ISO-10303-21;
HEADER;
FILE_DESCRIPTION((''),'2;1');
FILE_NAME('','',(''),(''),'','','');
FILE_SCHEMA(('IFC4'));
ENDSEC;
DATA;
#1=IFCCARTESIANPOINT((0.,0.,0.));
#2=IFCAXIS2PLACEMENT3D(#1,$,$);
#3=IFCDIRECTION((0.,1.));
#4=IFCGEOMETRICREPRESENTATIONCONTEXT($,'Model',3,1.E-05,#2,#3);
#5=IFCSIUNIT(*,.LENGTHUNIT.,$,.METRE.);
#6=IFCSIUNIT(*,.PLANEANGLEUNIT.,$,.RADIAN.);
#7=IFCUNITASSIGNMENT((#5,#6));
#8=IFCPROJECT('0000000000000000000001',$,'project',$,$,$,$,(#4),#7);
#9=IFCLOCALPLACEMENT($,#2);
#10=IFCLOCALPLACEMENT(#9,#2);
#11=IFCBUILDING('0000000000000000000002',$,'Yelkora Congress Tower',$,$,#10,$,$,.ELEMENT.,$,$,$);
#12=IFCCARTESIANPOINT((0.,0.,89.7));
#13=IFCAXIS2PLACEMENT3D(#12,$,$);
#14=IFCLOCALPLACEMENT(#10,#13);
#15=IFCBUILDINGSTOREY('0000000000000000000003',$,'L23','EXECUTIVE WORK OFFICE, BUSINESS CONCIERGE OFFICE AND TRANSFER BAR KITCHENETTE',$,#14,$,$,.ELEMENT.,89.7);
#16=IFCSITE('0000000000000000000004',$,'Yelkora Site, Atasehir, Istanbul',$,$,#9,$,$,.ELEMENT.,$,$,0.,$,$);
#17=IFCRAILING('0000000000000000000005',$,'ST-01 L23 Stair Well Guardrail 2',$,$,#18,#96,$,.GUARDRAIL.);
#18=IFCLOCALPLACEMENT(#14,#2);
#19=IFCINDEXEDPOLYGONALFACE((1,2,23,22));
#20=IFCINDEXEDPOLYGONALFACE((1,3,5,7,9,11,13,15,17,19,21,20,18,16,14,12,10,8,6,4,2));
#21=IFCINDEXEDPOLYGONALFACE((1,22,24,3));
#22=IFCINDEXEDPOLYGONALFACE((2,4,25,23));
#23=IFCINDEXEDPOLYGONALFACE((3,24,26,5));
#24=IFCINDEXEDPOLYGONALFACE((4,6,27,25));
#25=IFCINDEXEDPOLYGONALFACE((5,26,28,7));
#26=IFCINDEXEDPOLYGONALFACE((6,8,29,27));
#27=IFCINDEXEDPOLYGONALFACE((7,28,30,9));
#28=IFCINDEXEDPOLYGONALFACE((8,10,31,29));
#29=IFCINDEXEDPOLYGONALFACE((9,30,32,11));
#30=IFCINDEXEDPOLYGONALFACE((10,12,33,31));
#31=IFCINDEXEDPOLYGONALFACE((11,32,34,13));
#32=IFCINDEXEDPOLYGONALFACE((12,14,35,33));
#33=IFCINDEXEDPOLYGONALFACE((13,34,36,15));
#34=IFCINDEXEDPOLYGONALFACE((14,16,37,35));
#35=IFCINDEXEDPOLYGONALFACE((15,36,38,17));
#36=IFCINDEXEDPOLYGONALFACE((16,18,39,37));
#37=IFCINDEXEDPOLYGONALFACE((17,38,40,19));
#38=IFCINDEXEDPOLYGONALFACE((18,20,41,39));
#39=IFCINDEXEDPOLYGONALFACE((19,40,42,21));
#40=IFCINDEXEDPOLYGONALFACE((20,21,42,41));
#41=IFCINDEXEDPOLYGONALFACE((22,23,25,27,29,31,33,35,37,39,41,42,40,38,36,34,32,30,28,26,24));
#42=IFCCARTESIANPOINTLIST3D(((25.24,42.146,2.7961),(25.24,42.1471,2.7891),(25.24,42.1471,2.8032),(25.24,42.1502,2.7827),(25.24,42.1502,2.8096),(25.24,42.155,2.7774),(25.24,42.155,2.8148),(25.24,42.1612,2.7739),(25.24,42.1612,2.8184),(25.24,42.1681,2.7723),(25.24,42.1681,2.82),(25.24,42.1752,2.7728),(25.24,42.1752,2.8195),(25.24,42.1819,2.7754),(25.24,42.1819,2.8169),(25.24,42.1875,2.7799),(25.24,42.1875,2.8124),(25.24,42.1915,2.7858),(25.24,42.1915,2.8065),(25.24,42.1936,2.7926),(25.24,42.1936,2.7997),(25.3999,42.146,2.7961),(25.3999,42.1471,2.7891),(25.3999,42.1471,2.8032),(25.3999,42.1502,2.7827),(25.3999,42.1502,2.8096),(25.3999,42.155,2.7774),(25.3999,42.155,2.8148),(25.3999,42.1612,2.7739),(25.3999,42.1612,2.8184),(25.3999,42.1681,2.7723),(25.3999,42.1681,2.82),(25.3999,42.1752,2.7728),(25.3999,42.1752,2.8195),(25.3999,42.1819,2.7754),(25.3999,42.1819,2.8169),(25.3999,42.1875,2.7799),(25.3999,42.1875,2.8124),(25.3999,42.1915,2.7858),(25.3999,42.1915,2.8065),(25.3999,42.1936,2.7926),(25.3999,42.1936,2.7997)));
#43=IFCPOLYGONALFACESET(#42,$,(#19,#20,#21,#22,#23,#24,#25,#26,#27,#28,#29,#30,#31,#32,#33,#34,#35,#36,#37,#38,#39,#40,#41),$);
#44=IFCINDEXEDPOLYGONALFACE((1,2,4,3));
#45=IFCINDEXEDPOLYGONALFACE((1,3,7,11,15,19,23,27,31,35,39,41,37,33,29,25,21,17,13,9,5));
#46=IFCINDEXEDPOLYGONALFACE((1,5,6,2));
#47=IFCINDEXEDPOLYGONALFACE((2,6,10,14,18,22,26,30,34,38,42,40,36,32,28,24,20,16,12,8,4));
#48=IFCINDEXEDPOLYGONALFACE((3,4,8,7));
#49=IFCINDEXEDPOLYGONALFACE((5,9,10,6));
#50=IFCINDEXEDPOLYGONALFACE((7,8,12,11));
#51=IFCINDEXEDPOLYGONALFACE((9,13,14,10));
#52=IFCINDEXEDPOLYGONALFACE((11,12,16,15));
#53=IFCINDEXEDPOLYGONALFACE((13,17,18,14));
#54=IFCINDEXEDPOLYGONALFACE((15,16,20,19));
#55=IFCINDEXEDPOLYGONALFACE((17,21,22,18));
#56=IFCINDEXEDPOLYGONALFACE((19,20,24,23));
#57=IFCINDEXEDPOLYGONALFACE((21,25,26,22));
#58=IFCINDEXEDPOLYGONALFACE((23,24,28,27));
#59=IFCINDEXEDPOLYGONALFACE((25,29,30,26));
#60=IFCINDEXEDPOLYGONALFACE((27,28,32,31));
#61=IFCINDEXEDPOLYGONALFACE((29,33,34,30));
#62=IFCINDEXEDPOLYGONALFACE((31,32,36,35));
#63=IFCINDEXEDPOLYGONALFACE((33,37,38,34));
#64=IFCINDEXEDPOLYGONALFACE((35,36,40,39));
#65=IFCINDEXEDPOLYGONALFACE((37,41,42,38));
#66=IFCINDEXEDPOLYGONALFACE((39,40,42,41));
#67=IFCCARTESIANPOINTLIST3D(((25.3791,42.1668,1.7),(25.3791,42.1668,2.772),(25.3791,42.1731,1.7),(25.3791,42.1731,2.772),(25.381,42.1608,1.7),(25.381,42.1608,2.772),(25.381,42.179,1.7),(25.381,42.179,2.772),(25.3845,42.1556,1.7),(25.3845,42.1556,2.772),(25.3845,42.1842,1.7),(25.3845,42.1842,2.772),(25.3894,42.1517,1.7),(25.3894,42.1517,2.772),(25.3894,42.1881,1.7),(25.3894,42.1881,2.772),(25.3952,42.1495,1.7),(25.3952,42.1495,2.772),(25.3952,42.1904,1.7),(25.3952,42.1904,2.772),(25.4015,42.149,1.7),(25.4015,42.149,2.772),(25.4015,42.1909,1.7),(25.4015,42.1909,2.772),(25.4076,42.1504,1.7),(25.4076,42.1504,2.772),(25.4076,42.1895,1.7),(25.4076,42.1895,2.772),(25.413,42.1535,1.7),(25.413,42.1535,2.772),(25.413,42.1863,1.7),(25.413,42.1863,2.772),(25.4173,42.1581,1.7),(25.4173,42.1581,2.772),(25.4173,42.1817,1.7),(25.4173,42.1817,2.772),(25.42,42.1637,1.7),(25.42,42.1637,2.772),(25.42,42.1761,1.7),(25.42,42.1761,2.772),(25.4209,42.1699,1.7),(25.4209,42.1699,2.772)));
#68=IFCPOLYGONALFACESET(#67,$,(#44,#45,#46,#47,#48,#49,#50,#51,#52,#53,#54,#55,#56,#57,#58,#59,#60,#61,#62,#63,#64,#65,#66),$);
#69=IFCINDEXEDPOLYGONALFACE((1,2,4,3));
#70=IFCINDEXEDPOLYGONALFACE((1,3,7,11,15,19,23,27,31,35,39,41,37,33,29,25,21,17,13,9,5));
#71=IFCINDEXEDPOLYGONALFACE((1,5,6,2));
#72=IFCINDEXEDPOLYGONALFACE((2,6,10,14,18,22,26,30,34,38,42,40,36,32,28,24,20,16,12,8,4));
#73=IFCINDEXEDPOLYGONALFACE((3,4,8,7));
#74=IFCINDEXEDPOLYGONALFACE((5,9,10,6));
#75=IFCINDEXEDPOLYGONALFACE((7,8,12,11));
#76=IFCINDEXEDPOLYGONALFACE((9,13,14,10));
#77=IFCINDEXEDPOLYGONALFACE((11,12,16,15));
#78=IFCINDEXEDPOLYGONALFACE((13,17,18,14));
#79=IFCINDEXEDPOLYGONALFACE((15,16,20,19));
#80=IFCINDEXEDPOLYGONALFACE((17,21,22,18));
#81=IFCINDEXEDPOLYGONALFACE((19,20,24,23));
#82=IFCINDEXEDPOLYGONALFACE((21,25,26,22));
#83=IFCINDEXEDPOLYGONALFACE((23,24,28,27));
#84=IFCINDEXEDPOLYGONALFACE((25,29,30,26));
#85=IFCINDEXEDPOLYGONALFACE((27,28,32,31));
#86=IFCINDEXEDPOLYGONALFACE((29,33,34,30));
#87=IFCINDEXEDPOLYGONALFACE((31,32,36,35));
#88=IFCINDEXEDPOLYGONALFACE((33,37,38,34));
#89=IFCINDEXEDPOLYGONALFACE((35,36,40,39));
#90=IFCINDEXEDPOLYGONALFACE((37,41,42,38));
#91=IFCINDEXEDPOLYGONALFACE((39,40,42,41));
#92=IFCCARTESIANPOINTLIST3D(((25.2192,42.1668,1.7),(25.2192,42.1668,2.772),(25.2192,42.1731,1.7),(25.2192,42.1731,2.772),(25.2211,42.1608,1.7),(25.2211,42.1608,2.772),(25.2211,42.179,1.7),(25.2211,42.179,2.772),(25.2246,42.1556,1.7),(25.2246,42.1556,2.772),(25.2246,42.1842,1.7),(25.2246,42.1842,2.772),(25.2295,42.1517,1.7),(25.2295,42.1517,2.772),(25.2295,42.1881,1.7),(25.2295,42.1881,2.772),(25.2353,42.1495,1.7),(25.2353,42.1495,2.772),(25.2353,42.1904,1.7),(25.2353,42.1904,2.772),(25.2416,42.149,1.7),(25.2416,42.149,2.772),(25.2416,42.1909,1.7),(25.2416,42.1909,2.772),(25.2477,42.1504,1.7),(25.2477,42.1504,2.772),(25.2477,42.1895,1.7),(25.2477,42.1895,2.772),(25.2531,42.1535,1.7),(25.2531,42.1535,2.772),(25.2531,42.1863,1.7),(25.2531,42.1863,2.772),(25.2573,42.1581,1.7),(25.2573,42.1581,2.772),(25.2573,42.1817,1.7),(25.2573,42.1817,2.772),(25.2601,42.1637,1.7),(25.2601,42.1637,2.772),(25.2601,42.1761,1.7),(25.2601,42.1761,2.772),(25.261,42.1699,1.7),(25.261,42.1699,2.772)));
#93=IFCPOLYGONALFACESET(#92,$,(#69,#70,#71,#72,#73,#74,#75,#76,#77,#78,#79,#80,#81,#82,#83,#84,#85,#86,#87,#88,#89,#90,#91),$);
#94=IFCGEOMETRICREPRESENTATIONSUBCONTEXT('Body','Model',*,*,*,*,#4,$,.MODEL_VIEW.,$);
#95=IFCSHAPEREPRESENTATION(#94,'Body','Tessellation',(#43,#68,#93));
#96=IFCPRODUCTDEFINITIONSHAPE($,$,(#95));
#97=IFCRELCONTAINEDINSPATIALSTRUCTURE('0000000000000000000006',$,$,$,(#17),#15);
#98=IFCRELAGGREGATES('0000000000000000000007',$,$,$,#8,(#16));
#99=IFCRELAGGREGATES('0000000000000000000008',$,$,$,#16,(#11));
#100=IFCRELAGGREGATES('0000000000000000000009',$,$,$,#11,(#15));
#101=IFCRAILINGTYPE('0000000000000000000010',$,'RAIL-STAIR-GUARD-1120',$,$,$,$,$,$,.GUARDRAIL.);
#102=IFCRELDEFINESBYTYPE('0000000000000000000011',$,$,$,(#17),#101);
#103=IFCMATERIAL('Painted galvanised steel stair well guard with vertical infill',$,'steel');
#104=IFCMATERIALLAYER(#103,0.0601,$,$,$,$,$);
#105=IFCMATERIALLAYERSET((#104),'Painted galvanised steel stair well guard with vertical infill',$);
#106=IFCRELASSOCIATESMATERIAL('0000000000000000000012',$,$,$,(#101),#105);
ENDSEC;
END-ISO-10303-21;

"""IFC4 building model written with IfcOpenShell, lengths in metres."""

from ifc_helpers import new_model, si_unit, direction, frame, origin, origin_2d, place, context, subcontext, project, spatial, circle, extrude, material, layer, layer_set, type_object, element, save


model = new_model("IFC4")

# Units and contexts
model_context = context("Model", 3, precision=1e-05, world=origin(), true_north=direction((0.0, 1.0)))
body_context = subcontext(model_context, "Body", "Model", "MODEL_VIEW")
ifc_project = project(units=[si_unit("LENGTHUNIT", "METRE"), si_unit("PLANEANGLEUNIT", "RADIAN")], contexts=[model_context])

# Site, building, storey
site_placement = place(None, origin())
site = spatial("IfcSite", under=ifc_project, at=site_placement, Name="Yelkora Site, Atasehir, Istanbul", CompositionType="ELEMENT", RefElevation=0.0)
building_placement = place(site_placement, origin())
building = spatial("IfcBuilding", under=site, at=building_placement, Name="Yelkora Congress Tower", CompositionType="ELEMENT")
storey_placement = place(building_placement, frame((0.0, 0.0, 89.7)))
storey = spatial("IfcBuildingStorey", under=building, at=storey_placement, Name="L23", Description="EXECUTIVE WORK OFFICE, BUSINESS CONCIERGE OFFICE AND TRANSFER BAR KITCHENETTE", CompositionType="ELEMENT", Elevation=89.7)

# Railing
ifc_material_1 = material(Name="Painted galvanised steel stair well guard with vertical infill", Category="steel")
ifc_layer_1 = layer(ifc_material_1, 0.0601)
ifc_layer_set_1 = layer_set([ifc_layer_1], Name="Painted galvanised steel stair well guard with vertical infill")
railing_type_1 = type_object("IfcRailingType", Name="RAIL-STAIR-GUARD-1120", PredefinedType="GUARDRAIL", material=ifc_layer_set_1)
railing_1_placement = place(storey_placement, frame((25.3999, 42.1699, 1.7)))
element("IfcRailing", 1, at=railing_1_placement, inside=storey, type_object=railing_type_1, Name="ST-01 L23 Stair Well Guardrail 2", PredefinedType="GUARDRAIL", context=body_context, shape_type="SweptSolid", body=[
    extrude(circle(Radius=0.0239, at=origin_2d()), frame((0.0, 0.0, 1.0962), z_axis=(-1.0, 0.0, 0.0), x_axis=(0.0, -1.0, 0.0)), (0.0, 0.0, 1.0), 0.1599),
    extrude(circle(Radius=0.021, at=origin_2d()), origin(), (0.0, 0.0, 1.0), 1.072),
    extrude(circle(Radius=0.021, at=origin_2d()), frame((-0.1599, 0.0, 0.0)), (0.0, 0.0, 1.0), 1.072),
])

save(model, "model.ifc")
